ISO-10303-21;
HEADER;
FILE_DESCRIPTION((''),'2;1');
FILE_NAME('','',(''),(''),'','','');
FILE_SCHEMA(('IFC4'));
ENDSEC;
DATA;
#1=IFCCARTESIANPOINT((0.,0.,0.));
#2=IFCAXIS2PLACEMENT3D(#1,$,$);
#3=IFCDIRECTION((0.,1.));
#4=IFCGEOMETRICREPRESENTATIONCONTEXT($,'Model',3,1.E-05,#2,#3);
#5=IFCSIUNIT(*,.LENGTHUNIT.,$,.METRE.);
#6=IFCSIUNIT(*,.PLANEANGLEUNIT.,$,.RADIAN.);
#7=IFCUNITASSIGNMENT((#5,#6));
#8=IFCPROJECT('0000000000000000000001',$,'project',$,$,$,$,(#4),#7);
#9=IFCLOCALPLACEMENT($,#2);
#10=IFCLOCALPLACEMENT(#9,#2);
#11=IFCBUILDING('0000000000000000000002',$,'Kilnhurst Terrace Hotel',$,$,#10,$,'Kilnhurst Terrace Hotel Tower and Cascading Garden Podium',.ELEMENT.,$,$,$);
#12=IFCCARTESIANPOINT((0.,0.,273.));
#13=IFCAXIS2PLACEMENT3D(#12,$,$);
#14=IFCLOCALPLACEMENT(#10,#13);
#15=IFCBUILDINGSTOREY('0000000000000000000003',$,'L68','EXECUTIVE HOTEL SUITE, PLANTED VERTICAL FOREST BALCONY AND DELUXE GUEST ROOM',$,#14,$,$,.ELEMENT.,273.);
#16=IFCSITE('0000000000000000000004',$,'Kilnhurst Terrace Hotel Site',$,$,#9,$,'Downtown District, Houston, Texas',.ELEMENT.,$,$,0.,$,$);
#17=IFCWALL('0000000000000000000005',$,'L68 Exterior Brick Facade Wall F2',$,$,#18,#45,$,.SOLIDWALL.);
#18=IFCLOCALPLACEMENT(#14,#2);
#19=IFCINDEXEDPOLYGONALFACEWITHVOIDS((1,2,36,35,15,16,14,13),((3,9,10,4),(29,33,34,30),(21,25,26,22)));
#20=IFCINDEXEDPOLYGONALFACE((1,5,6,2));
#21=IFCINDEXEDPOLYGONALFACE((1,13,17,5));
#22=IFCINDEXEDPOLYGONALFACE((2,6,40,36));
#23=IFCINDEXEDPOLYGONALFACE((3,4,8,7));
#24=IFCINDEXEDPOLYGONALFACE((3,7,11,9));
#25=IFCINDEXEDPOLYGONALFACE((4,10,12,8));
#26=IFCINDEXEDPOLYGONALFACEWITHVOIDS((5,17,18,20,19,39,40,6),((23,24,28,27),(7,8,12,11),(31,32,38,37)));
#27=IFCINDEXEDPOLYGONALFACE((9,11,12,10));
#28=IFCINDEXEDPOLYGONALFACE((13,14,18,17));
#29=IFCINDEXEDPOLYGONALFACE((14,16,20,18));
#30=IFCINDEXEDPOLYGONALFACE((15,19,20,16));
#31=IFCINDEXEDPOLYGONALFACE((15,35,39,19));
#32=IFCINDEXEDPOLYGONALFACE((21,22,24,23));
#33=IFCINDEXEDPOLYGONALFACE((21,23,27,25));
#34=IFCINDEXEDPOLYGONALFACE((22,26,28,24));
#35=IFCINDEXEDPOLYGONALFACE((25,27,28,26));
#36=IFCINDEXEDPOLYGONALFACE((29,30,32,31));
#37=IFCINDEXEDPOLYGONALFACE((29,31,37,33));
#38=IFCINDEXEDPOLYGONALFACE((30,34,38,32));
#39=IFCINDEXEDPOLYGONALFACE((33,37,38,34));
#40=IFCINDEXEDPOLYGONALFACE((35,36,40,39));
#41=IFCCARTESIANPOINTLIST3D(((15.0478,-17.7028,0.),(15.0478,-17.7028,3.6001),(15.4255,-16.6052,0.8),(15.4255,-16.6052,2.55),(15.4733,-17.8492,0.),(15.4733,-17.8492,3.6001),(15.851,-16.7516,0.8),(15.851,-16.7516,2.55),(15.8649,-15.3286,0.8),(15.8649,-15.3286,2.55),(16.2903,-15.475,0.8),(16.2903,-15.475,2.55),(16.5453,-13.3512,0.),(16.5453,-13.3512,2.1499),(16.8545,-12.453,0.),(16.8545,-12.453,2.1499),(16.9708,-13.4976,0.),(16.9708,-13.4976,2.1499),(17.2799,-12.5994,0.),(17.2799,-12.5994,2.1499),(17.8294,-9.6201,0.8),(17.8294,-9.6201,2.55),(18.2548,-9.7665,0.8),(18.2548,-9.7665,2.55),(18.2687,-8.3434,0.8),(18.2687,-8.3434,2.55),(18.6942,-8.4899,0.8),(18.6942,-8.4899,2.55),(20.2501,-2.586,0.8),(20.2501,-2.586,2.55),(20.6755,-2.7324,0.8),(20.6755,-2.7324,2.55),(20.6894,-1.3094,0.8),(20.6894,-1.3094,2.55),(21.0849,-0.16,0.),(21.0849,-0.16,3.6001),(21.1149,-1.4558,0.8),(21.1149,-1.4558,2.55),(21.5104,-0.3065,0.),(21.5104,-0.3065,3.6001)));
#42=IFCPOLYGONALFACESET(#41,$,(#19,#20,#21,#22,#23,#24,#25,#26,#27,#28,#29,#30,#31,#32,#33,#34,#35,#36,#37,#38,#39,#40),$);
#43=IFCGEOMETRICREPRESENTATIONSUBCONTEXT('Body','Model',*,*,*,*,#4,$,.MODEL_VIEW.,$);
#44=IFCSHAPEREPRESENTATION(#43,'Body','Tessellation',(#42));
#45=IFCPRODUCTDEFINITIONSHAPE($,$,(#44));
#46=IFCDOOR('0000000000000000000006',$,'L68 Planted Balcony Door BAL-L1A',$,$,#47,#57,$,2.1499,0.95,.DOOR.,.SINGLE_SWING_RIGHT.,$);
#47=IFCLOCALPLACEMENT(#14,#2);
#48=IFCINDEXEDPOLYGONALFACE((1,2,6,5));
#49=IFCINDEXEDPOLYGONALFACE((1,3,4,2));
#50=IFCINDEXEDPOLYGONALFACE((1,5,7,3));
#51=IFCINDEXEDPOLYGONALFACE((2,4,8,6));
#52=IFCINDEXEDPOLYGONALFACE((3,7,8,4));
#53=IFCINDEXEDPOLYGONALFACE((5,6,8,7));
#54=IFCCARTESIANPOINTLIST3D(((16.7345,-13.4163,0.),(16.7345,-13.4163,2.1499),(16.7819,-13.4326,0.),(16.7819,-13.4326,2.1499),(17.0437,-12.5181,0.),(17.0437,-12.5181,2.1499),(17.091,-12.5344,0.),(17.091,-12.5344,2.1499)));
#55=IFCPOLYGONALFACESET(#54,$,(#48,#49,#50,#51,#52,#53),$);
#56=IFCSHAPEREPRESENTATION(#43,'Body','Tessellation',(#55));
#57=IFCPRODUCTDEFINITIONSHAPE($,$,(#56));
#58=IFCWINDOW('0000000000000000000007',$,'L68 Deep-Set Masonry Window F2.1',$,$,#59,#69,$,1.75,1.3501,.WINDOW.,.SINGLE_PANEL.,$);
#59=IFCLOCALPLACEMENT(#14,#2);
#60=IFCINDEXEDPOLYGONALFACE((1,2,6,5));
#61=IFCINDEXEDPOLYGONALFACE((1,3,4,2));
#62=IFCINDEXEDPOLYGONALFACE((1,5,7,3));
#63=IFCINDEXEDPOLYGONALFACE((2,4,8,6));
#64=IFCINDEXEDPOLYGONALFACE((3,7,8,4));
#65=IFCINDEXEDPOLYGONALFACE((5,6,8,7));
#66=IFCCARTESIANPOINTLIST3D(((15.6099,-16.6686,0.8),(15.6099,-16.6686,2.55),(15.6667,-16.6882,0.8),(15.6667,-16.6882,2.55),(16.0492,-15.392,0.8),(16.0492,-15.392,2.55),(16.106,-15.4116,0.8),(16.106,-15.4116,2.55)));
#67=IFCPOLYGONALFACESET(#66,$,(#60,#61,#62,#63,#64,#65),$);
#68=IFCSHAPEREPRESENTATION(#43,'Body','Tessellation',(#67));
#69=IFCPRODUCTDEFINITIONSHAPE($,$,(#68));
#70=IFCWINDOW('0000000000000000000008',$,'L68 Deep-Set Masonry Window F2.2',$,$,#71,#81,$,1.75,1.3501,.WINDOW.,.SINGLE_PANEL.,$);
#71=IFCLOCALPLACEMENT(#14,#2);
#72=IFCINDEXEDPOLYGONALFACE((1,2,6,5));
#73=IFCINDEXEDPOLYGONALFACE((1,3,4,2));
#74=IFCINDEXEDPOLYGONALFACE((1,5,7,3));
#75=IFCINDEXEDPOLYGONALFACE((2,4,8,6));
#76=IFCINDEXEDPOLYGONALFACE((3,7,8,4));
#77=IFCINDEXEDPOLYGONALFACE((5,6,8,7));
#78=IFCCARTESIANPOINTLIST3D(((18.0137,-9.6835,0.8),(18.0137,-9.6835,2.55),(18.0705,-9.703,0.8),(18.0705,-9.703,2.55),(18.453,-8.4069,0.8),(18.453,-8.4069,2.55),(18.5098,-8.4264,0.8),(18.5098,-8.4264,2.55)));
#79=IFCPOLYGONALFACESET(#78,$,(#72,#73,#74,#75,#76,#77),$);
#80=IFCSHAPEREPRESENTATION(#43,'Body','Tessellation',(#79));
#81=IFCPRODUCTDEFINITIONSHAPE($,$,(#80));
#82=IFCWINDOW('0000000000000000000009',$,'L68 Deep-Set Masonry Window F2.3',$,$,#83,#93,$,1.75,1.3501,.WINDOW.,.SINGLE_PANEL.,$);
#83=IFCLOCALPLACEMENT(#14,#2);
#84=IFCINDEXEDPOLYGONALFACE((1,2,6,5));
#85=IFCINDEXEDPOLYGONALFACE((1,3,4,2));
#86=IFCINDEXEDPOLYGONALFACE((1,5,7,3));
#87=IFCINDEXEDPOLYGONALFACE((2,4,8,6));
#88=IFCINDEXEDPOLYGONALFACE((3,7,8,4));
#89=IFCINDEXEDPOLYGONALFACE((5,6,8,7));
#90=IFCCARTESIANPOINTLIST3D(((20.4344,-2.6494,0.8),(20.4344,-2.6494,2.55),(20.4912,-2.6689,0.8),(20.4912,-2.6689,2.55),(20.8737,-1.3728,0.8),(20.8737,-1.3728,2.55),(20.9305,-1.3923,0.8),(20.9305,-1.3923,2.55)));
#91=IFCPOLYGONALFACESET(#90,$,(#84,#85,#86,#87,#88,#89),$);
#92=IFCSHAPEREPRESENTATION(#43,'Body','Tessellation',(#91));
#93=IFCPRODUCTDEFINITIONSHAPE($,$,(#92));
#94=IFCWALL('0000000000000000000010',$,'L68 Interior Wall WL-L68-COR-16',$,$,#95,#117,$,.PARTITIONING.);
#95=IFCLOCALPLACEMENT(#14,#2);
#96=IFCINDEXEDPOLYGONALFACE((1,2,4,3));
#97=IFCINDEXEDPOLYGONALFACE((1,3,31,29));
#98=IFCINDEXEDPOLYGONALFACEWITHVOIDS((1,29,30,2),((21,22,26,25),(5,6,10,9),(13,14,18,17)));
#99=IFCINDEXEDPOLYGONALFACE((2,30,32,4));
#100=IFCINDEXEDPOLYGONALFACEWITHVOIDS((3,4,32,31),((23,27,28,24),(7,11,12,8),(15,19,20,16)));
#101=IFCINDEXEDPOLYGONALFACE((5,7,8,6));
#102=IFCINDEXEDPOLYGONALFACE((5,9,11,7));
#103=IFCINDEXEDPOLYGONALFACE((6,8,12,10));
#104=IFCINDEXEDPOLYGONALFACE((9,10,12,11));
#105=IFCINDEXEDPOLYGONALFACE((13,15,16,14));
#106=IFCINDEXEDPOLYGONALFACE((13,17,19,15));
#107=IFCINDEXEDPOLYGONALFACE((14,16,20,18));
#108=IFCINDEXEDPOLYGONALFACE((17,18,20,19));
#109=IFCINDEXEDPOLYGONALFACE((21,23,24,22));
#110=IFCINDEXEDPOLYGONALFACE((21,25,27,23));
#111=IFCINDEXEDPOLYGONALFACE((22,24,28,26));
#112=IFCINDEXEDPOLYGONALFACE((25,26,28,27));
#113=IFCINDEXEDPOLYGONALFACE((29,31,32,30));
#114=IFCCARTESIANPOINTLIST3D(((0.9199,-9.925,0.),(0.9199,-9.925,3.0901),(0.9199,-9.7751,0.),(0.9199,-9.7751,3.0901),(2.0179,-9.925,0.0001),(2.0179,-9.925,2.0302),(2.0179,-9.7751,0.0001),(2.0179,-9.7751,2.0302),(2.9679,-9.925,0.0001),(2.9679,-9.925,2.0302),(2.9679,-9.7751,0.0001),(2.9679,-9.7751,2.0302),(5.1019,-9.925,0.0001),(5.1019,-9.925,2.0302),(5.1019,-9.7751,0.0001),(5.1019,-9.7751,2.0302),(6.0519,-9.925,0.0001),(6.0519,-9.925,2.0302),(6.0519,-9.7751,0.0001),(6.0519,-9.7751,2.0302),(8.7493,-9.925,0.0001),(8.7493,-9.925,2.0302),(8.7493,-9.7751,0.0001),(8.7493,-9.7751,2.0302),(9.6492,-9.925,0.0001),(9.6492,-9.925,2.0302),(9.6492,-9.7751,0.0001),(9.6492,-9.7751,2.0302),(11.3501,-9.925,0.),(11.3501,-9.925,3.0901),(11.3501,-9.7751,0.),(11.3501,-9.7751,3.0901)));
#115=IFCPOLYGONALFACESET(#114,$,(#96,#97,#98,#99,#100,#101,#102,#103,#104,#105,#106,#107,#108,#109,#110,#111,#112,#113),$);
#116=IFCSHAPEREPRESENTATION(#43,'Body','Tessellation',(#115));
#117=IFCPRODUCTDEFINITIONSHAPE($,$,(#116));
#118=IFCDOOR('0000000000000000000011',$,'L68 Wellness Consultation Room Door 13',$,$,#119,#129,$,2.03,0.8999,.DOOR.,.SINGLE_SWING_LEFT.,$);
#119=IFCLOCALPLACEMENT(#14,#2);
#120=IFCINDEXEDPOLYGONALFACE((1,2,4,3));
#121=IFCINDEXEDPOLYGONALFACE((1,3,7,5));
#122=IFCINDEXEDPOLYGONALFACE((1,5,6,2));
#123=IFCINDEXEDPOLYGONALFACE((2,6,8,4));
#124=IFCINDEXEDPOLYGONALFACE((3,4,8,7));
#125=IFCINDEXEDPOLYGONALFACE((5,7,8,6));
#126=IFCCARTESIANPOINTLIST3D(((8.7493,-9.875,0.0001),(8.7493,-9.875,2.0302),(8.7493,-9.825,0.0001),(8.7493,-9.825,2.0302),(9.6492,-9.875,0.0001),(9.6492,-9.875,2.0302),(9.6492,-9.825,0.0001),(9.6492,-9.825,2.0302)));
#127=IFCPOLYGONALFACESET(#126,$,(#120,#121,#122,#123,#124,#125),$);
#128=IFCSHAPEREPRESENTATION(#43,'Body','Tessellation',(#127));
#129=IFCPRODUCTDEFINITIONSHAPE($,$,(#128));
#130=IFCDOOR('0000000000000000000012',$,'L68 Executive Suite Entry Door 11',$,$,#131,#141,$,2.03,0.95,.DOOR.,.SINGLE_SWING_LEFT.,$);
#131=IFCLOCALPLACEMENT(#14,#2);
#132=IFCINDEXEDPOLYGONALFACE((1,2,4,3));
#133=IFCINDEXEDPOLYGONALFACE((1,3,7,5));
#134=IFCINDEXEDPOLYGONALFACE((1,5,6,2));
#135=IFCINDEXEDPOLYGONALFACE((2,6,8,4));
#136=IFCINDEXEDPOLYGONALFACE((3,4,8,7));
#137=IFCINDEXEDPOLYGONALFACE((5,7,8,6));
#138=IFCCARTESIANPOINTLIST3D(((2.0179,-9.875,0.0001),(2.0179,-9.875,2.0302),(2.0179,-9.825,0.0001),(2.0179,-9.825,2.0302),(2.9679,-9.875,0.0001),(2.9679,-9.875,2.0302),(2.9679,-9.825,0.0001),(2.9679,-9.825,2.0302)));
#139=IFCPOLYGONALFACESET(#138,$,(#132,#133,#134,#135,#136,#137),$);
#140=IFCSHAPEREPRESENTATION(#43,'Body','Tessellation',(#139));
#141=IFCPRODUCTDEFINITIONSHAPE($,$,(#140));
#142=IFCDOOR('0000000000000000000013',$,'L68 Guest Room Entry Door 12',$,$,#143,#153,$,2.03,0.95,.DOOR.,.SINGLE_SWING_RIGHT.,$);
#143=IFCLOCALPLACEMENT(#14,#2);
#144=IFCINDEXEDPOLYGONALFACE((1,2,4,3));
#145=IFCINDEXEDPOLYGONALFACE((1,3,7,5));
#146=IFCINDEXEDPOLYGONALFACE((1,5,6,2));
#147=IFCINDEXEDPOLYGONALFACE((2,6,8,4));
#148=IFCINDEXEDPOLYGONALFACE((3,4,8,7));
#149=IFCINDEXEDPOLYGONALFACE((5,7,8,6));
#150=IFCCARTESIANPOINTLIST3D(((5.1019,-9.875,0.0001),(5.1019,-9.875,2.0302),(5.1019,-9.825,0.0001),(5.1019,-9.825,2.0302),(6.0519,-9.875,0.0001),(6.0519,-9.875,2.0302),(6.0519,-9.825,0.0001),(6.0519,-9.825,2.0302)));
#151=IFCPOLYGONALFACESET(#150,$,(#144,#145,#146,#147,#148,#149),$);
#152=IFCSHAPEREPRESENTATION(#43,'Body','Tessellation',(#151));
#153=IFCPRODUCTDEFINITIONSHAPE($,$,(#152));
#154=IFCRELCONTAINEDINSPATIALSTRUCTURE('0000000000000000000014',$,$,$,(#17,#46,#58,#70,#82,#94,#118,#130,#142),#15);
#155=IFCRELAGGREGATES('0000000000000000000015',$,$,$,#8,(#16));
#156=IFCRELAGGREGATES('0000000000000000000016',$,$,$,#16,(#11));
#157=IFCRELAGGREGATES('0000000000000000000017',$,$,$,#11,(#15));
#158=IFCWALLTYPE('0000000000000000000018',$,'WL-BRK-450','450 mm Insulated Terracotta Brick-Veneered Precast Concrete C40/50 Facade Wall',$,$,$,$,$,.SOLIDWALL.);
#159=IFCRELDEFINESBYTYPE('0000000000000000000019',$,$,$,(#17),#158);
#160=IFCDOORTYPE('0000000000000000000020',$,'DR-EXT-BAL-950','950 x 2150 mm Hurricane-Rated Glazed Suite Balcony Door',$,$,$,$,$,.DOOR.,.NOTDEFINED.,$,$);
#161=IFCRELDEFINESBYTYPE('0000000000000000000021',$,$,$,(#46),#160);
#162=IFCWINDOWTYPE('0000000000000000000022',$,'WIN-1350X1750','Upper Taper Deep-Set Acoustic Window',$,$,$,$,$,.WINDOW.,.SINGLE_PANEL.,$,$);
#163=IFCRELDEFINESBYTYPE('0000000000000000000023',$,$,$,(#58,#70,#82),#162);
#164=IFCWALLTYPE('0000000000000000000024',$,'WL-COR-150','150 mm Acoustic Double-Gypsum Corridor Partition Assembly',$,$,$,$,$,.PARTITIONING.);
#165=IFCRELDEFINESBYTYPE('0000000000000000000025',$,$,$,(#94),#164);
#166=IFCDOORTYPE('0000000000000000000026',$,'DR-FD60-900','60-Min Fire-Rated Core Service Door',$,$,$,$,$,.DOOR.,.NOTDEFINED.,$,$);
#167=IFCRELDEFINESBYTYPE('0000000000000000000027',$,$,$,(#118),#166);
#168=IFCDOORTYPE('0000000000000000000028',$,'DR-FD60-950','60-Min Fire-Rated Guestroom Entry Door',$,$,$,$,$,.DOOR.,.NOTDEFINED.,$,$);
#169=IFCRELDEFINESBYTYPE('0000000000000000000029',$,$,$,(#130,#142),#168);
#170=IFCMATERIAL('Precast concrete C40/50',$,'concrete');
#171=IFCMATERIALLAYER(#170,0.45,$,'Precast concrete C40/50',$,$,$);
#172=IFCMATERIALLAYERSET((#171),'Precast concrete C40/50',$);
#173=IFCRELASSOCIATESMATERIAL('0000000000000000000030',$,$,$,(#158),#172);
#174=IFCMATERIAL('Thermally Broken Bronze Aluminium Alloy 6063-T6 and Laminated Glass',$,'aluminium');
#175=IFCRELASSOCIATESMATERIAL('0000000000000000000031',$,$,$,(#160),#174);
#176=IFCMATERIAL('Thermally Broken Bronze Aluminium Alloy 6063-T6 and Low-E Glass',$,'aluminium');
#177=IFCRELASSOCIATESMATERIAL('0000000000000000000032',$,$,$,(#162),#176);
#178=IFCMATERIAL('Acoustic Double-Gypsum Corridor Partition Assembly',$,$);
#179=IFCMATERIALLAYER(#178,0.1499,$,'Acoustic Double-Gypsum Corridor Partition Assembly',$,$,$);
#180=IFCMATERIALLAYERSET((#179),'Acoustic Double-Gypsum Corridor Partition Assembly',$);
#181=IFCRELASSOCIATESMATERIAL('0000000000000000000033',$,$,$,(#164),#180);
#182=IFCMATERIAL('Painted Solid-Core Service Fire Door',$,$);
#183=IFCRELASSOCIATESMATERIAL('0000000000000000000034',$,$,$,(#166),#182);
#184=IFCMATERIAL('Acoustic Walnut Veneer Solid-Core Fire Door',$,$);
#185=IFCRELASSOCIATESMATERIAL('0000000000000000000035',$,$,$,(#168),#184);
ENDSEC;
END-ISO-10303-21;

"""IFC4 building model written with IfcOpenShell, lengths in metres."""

from ifc_helpers import new_model, si_unit, direction, frame, frame_2d, origin, place, context, subcontext, project, spatial, rectangle, extrude, material, layer, layer_set, type_object, element, fill, save


model = new_model("IFC4")

# Units and contexts
model_context = context("Model", 3, precision=1e-05, world=origin(), true_north=direction((0.0, 1.0)))
body_context = subcontext(model_context, "Body", "Model", "MODEL_VIEW")
ifc_project = project(units=[si_unit("LENGTHUNIT", "METRE"), si_unit("PLANEANGLEUNIT", "RADIAN")], contexts=[model_context])

# Site, building, storey
site_placement = place(None, origin())
site = spatial("IfcSite", under=ifc_project, at=site_placement, Name="Kilnhurst Terrace Hotel Site", LongName="Downtown District, Houston, Texas", CompositionType="ELEMENT", RefElevation=0.0)
building_placement = place(site_placement, origin())
building = spatial("IfcBuilding", under=site, at=building_placement, Name="Kilnhurst Terrace Hotel", LongName="Kilnhurst Terrace Hotel Tower and Cascading Garden Podium", CompositionType="ELEMENT")
storey_placement = place(building_placement, frame((0.0, 0.0, 273.0)))
storey = spatial("IfcBuildingStorey", under=building, at=storey_placement, Name="L68", Description="EXECUTIVE HOTEL SUITE, PLANTED VERTICAL FOREST BALCONY AND DELUXE GUEST ROOM", CompositionType="ELEMENT", Elevation=273.0)

# Shared definitions
ifc_material_1 = material(Name="Precast concrete C40/50", Category="concrete")
ifc_layer_1 = layer(ifc_material_1, 0.45, Name="Precast concrete C40/50")
ifc_layer_set_1 = layer_set([ifc_layer_1], Name="Precast concrete C40/50")
wall_type_1 = type_object("IfcWallType", Name="WL-BRK-450", Description="450 mm Insulated Terracotta Brick-Veneered Precast Concrete C40/50 Facade Wall", PredefinedType="SOLIDWALL", material=ifc_layer_set_1)

# Wall, openings, door, windows
wall_1_placement = place(storey_placement, frame((15.2605, -17.7761, 0.0), z_axis=(0.0, 0.0, 1.0), x_axis=(0.325407, 0.945574, 0.0)))
wall_1 = element("IfcWall", 1, at=wall_1_placement, inside=storey, type_object=wall_type_1, Name="L68 Exterior Brick Facade Wall F2", PredefinedType="SOLIDWALL", context=body_context, shape_type="SweptSolid", body=[
    extrude(rectangle(XDim=18.5525, YDim=0.45, at=frame_2d((9.2764, 0.0))), origin(), (0.0, 0.0, 1.0), 3.6001),
])
opening_1_placement = place(wall_1_placement, frame((4.6021, 0.0, 0.0)))
opening_1 = element("IfcOpeningElement", 2, at=opening_1_placement, cuts=wall_1, PredefinedType="OPENING", context=body_context, shape_type="SweptSolid", body=[
    extrude(rectangle(XDim=0.95, YDim=2.1499, at=frame_2d((0.4751, 1.075))), frame((0.0, 0.2349, 0.0), z_axis=(0.0, -1.0, 0.0), x_axis=(1.0, 0.0, 0.0)), (0.0, 0.0, 1.0), 0.47),
])
opening_2_placement = place(wall_1_placement, frame((1.1609, 0.0, 0.8)))
opening_2 = element("IfcOpeningElement", 3, at=opening_2_placement, cuts=wall_1, PredefinedType="OPENING", context=body_context, shape_type="SweptSolid", body=[
    extrude(rectangle(XDim=1.3501, YDim=1.75, at=frame_2d((0.675, 0.875))), frame((0.0, 0.2349, 0.0), z_axis=(0.0, -1.0, 0.0), x_axis=(1.0, 0.0, 0.0)), (0.0, 0.0, 1.0), 0.47),
])
opening_3_placement = place(wall_1_placement, frame((8.5481, 0.0, 0.8)))
opening_3 = element("IfcOpeningElement", 4, at=opening_3_placement, cuts=wall_1, PredefinedType="OPENING", context=body_context, shape_type="SweptSolid", body=[
    extrude(rectangle(XDim=1.3501, YDim=1.75, at=frame_2d((0.675, 0.875))), frame((0.0, 0.2349, 0.0), z_axis=(0.0, -1.0, 0.0), x_axis=(1.0, 0.0, 0.0)), (0.0, 0.0, 1.0), 0.47),
])
opening_4_placement = place(wall_1_placement, frame((15.9871, 0.0, 0.8)))
opening_4 = element("IfcOpeningElement", 5, at=opening_4_placement, cuts=wall_1, PredefinedType="OPENING", context=body_context, shape_type="SweptSolid", body=[
    extrude(rectangle(XDim=1.3501, YDim=1.75, at=frame_2d((0.675, 0.875))), frame((0.0, 0.2349, 0.0), z_axis=(0.0, -1.0, 0.0), x_axis=(1.0, 0.0, 0.0)), (0.0, 0.0, 1.0), 0.47),
])
ifc_material_2 = material(Name="Thermally Broken Bronze Aluminium Alloy 6063-T6 and Laminated Glass", Category="aluminium")
door_type_1 = type_object("IfcDoorType", Name="DR-EXT-BAL-950", Description="950 x 2150 mm Hurricane-Rated Glazed Suite Balcony Door", OperationType="NOTDEFINED", PredefinedType="DOOR", material=ifc_material_2)
door_1_placement = place(opening_1_placement, origin())
door_1 = element("IfcDoor", 6, at=door_1_placement, inside=storey, type_object=door_type_1, Name="L68 Planted Balcony Door BAL-L1A", OperationType="SINGLE_SWING_RIGHT", OverallHeight=2.1499, OverallWidth=0.95, PredefinedType="DOOR", context=body_context, shape_type="SweptSolid", body=[
    extrude(rectangle(XDim=0.95, YDim=2.1499, at=frame_2d((0.4751, 1.075))), frame((0.0, 0.0249, 0.0), z_axis=(0.0, -1.0, 0.0), x_axis=(1.0, 0.0, 0.0)), (0.0, 0.0, 1.0), 0.05),
])
fill(opening_1, door_1)
ifc_material_3 = material(Name="Thermally Broken Bronze Aluminium Alloy 6063-T6 and Low-E Glass", Category="aluminium")
window_type = type_object("IfcWindowType", Name="WIN-1350X1750", Description="Upper Taper Deep-Set Acoustic Window", PartitioningType="SINGLE_PANEL", PredefinedType="WINDOW", material=ifc_material_3)
window_1_placement = place(opening_2_placement, origin())
window_1 = element("IfcWindow", 7, at=window_1_placement, inside=storey, type_object=window_type, Name="L68 Deep-Set Masonry Window F2.1", OverallHeight=1.75, OverallWidth=1.3501, PartitioningType="SINGLE_PANEL", PredefinedType="WINDOW", context=body_context, shape_type="SweptSolid", body=[
    extrude(rectangle(XDim=1.3501, YDim=1.75, at=frame_2d((0.675, 0.875))), frame((0.0, 0.03, 0.0), z_axis=(0.0, -1.0, 0.0), x_axis=(1.0, 0.0, 0.0)), (0.0, 0.0, 1.0), 0.0601),
])
fill(opening_2, window_1)
window_2_placement = place(opening_3_placement, origin())
window_2 = element("IfcWindow", 8, at=window_2_placement, inside=storey, type_object=window_type, Name="L68 Deep-Set Masonry Window F2.2", OverallHeight=1.75, OverallWidth=1.3501, PartitioningType="SINGLE_PANEL", PredefinedType="WINDOW", context=body_context, shape_type="SweptSolid", body=[
    extrude(rectangle(XDim=1.3501, YDim=1.75, at=frame_2d((0.675, 0.875))), frame((0.0, 0.03, 0.0), z_axis=(0.0, -1.0, 0.0), x_axis=(1.0, 0.0, 0.0)), (0.0, 0.0, 1.0), 0.0601),
])
fill(opening_3, window_2)
window_3_placement = place(opening_4_placement, origin())
window_3 = element("IfcWindow", 9, at=window_3_placement, inside=storey, type_object=window_type, Name="L68 Deep-Set Masonry Window F2.3", OverallHeight=1.75, OverallWidth=1.3501, PartitioningType="SINGLE_PANEL", PredefinedType="WINDOW", context=body_context, shape_type="SweptSolid", body=[
    extrude(rectangle(XDim=1.3501, YDim=1.75, at=frame_2d((0.675, 0.875))), frame((0.0, 0.03, 0.0), z_axis=(0.0, -1.0, 0.0), x_axis=(1.0, 0.0, 0.0)), (0.0, 0.0, 1.0), 0.0601),
])
fill(opening_4, window_3)

# Wall, openings, doors
ifc_material_4 = material(Name="Acoustic Double-Gypsum Corridor Partition Assembly")
ifc_layer_2 = layer(ifc_material_4, 0.1499, Name="Acoustic Double-Gypsum Corridor Partition Assembly")
ifc_layer_set_2 = layer_set([ifc_layer_2], Name="Acoustic Double-Gypsum Corridor Partition Assembly")
wall_type_2 = type_object("IfcWallType", Name="WL-COR-150", Description="150 mm Acoustic Double-Gypsum Corridor Partition Assembly", PredefinedType="PARTITIONING", material=ifc_layer_set_2)
wall_2_placement = place(storey_placement, frame((11.3501, -9.8501, 0.0), z_axis=(0.0, 0.0, 1.0), x_axis=(-1.0, 0.0, 0.0)))
wall_2 = element("IfcWall", 10, at=wall_2_placement, inside=storey, type_object=wall_type_2, Name="L68 Interior Wall WL-L68-COR-16", PredefinedType="PARTITIONING", context=body_context, shape_type="SweptSolid", body=[
    extrude(rectangle(XDim=10.4302, YDim=0.1499, at=frame_2d((5.2151, 0.0))), origin(), (0.0, 0.0, 1.0), 3.0901),
])
opening_5_placement = place(wall_2_placement, frame((8.3821, 0.0, 0.0)))
opening_5 = element("IfcOpeningElement", 11, at=opening_5_placement, cuts=wall_2, PredefinedType="OPENING", context=body_context, shape_type="SweptSolid", body=[
    extrude(rectangle(XDim=0.95, YDim=2.03, at=frame_2d((0.4751, 1.0151))), frame((0.0, 0.085, 0.0), z_axis=(0.0, -1.0, 0.0), x_axis=(1.0, 0.0, 0.0)), (0.0, 0.0, 1.0), 0.1699),
])
opening_6_placement = place(wall_2_placement, frame((5.2981, 0.0, 0.0)))
opening_6 = element("IfcOpeningElement", 12, at=opening_6_placement, cuts=wall_2, PredefinedType="OPENING", context=body_context, shape_type="SweptSolid", body=[
    extrude(rectangle(XDim=0.95, YDim=2.03, at=frame_2d((0.4751, 1.0151))), frame((0.0, 0.085, 0.0), z_axis=(0.0, -1.0, 0.0), x_axis=(1.0, 0.0, 0.0)), (0.0, 0.0, 1.0), 0.1699),
])
opening_7_placement = place(wall_2_placement, frame((1.7009, 0.0, 0.0)))
opening_7 = element("IfcOpeningElement", 13, at=opening_7_placement, cuts=wall_2, PredefinedType="OPENING", context=body_context, shape_type="SweptSolid", body=[
    extrude(rectangle(XDim=0.8999, YDim=2.03, at=frame_2d((0.45, 1.0151))), frame((0.0, 0.085, 0.0), z_axis=(0.0, -1.0, 0.0), x_axis=(1.0, 0.0, 0.0)), (0.0, 0.0, 1.0), 0.1699),
])
ifc_material_5 = material(Name="Painted Solid-Core Service Fire Door")
door_type_2 = type_object("IfcDoorType", Name="DR-FD60-900", Description="60-Min Fire-Rated Core Service Door", OperationType="NOTDEFINED", PredefinedType="DOOR", material=ifc_material_5)
door_2_placement = place(opening_7_placement, origin())
door_2 = element("IfcDoor", 14, at=door_2_placement, inside=storey, type_object=door_type_2, Name="L68 Wellness Consultation Room Door 13", OperationType="SINGLE_SWING_LEFT", OverallHeight=2.03, OverallWidth=0.8999, PredefinedType="DOOR", context=body_context, shape_type="SweptSolid", body=[
    extrude(rectangle(XDim=0.8999, YDim=2.03, at=frame_2d((0.45, 1.0151))), frame((0.0, 0.0249, 0.0), z_axis=(0.0, -1.0, 0.0), x_axis=(1.0, 0.0, 0.0)), (0.0, 0.0, 1.0), 0.05),
])
fill(opening_7, door_2)
ifc_material_6 = material(Name="Acoustic Walnut Veneer Solid-Core Fire Door")
door_type_3 = type_object("IfcDoorType", Name="DR-FD60-950", Description="60-Min Fire-Rated Guestroom Entry Door", OperationType="NOTDEFINED", PredefinedType="DOOR", material=ifc_material_6)
door_3_placement = place(opening_5_placement, origin())
door_3 = element("IfcDoor", 15, at=door_3_placement, inside=storey, type_object=door_type_3, Name="L68 Executive Suite Entry Door 11", OperationType="SINGLE_SWING_LEFT", OverallHeight=2.03, OverallWidth=0.95, PredefinedType="DOOR", context=body_context, shape_type="SweptSolid", body=[
    extrude(rectangle(XDim=0.95, YDim=2.03, at=frame_2d((0.4751, 1.0151))), frame((0.0, 0.0249, 0.0), z_axis=(0.0, -1.0, 0.0), x_axis=(1.0, 0.0, 0.0)), (0.0, 0.0, 1.0), 0.05),
])
fill(opening_5, door_3)
door_4_placement = place(opening_6_placement, origin())
door_4 = element("IfcDoor", 16, at=door_4_placement, inside=storey, type_object=door_type_3, Name="L68 Guest Room Entry Door 12", OperationType="SINGLE_SWING_RIGHT", OverallHeight=2.03, OverallWidth=0.95, PredefinedType="DOOR", context=body_context, shape_type="SweptSolid", body=[
    extrude(rectangle(XDim=0.95, YDim=2.03, at=frame_2d((0.4751, 1.0151))), frame((0.0, 0.0249, 0.0), z_axis=(0.0, -1.0, 0.0), x_axis=(1.0, 0.0, 0.0)), (0.0, 0.0, 1.0), 0.05),
])
fill(opening_6, door_4)

save(model, "model.ifc")
